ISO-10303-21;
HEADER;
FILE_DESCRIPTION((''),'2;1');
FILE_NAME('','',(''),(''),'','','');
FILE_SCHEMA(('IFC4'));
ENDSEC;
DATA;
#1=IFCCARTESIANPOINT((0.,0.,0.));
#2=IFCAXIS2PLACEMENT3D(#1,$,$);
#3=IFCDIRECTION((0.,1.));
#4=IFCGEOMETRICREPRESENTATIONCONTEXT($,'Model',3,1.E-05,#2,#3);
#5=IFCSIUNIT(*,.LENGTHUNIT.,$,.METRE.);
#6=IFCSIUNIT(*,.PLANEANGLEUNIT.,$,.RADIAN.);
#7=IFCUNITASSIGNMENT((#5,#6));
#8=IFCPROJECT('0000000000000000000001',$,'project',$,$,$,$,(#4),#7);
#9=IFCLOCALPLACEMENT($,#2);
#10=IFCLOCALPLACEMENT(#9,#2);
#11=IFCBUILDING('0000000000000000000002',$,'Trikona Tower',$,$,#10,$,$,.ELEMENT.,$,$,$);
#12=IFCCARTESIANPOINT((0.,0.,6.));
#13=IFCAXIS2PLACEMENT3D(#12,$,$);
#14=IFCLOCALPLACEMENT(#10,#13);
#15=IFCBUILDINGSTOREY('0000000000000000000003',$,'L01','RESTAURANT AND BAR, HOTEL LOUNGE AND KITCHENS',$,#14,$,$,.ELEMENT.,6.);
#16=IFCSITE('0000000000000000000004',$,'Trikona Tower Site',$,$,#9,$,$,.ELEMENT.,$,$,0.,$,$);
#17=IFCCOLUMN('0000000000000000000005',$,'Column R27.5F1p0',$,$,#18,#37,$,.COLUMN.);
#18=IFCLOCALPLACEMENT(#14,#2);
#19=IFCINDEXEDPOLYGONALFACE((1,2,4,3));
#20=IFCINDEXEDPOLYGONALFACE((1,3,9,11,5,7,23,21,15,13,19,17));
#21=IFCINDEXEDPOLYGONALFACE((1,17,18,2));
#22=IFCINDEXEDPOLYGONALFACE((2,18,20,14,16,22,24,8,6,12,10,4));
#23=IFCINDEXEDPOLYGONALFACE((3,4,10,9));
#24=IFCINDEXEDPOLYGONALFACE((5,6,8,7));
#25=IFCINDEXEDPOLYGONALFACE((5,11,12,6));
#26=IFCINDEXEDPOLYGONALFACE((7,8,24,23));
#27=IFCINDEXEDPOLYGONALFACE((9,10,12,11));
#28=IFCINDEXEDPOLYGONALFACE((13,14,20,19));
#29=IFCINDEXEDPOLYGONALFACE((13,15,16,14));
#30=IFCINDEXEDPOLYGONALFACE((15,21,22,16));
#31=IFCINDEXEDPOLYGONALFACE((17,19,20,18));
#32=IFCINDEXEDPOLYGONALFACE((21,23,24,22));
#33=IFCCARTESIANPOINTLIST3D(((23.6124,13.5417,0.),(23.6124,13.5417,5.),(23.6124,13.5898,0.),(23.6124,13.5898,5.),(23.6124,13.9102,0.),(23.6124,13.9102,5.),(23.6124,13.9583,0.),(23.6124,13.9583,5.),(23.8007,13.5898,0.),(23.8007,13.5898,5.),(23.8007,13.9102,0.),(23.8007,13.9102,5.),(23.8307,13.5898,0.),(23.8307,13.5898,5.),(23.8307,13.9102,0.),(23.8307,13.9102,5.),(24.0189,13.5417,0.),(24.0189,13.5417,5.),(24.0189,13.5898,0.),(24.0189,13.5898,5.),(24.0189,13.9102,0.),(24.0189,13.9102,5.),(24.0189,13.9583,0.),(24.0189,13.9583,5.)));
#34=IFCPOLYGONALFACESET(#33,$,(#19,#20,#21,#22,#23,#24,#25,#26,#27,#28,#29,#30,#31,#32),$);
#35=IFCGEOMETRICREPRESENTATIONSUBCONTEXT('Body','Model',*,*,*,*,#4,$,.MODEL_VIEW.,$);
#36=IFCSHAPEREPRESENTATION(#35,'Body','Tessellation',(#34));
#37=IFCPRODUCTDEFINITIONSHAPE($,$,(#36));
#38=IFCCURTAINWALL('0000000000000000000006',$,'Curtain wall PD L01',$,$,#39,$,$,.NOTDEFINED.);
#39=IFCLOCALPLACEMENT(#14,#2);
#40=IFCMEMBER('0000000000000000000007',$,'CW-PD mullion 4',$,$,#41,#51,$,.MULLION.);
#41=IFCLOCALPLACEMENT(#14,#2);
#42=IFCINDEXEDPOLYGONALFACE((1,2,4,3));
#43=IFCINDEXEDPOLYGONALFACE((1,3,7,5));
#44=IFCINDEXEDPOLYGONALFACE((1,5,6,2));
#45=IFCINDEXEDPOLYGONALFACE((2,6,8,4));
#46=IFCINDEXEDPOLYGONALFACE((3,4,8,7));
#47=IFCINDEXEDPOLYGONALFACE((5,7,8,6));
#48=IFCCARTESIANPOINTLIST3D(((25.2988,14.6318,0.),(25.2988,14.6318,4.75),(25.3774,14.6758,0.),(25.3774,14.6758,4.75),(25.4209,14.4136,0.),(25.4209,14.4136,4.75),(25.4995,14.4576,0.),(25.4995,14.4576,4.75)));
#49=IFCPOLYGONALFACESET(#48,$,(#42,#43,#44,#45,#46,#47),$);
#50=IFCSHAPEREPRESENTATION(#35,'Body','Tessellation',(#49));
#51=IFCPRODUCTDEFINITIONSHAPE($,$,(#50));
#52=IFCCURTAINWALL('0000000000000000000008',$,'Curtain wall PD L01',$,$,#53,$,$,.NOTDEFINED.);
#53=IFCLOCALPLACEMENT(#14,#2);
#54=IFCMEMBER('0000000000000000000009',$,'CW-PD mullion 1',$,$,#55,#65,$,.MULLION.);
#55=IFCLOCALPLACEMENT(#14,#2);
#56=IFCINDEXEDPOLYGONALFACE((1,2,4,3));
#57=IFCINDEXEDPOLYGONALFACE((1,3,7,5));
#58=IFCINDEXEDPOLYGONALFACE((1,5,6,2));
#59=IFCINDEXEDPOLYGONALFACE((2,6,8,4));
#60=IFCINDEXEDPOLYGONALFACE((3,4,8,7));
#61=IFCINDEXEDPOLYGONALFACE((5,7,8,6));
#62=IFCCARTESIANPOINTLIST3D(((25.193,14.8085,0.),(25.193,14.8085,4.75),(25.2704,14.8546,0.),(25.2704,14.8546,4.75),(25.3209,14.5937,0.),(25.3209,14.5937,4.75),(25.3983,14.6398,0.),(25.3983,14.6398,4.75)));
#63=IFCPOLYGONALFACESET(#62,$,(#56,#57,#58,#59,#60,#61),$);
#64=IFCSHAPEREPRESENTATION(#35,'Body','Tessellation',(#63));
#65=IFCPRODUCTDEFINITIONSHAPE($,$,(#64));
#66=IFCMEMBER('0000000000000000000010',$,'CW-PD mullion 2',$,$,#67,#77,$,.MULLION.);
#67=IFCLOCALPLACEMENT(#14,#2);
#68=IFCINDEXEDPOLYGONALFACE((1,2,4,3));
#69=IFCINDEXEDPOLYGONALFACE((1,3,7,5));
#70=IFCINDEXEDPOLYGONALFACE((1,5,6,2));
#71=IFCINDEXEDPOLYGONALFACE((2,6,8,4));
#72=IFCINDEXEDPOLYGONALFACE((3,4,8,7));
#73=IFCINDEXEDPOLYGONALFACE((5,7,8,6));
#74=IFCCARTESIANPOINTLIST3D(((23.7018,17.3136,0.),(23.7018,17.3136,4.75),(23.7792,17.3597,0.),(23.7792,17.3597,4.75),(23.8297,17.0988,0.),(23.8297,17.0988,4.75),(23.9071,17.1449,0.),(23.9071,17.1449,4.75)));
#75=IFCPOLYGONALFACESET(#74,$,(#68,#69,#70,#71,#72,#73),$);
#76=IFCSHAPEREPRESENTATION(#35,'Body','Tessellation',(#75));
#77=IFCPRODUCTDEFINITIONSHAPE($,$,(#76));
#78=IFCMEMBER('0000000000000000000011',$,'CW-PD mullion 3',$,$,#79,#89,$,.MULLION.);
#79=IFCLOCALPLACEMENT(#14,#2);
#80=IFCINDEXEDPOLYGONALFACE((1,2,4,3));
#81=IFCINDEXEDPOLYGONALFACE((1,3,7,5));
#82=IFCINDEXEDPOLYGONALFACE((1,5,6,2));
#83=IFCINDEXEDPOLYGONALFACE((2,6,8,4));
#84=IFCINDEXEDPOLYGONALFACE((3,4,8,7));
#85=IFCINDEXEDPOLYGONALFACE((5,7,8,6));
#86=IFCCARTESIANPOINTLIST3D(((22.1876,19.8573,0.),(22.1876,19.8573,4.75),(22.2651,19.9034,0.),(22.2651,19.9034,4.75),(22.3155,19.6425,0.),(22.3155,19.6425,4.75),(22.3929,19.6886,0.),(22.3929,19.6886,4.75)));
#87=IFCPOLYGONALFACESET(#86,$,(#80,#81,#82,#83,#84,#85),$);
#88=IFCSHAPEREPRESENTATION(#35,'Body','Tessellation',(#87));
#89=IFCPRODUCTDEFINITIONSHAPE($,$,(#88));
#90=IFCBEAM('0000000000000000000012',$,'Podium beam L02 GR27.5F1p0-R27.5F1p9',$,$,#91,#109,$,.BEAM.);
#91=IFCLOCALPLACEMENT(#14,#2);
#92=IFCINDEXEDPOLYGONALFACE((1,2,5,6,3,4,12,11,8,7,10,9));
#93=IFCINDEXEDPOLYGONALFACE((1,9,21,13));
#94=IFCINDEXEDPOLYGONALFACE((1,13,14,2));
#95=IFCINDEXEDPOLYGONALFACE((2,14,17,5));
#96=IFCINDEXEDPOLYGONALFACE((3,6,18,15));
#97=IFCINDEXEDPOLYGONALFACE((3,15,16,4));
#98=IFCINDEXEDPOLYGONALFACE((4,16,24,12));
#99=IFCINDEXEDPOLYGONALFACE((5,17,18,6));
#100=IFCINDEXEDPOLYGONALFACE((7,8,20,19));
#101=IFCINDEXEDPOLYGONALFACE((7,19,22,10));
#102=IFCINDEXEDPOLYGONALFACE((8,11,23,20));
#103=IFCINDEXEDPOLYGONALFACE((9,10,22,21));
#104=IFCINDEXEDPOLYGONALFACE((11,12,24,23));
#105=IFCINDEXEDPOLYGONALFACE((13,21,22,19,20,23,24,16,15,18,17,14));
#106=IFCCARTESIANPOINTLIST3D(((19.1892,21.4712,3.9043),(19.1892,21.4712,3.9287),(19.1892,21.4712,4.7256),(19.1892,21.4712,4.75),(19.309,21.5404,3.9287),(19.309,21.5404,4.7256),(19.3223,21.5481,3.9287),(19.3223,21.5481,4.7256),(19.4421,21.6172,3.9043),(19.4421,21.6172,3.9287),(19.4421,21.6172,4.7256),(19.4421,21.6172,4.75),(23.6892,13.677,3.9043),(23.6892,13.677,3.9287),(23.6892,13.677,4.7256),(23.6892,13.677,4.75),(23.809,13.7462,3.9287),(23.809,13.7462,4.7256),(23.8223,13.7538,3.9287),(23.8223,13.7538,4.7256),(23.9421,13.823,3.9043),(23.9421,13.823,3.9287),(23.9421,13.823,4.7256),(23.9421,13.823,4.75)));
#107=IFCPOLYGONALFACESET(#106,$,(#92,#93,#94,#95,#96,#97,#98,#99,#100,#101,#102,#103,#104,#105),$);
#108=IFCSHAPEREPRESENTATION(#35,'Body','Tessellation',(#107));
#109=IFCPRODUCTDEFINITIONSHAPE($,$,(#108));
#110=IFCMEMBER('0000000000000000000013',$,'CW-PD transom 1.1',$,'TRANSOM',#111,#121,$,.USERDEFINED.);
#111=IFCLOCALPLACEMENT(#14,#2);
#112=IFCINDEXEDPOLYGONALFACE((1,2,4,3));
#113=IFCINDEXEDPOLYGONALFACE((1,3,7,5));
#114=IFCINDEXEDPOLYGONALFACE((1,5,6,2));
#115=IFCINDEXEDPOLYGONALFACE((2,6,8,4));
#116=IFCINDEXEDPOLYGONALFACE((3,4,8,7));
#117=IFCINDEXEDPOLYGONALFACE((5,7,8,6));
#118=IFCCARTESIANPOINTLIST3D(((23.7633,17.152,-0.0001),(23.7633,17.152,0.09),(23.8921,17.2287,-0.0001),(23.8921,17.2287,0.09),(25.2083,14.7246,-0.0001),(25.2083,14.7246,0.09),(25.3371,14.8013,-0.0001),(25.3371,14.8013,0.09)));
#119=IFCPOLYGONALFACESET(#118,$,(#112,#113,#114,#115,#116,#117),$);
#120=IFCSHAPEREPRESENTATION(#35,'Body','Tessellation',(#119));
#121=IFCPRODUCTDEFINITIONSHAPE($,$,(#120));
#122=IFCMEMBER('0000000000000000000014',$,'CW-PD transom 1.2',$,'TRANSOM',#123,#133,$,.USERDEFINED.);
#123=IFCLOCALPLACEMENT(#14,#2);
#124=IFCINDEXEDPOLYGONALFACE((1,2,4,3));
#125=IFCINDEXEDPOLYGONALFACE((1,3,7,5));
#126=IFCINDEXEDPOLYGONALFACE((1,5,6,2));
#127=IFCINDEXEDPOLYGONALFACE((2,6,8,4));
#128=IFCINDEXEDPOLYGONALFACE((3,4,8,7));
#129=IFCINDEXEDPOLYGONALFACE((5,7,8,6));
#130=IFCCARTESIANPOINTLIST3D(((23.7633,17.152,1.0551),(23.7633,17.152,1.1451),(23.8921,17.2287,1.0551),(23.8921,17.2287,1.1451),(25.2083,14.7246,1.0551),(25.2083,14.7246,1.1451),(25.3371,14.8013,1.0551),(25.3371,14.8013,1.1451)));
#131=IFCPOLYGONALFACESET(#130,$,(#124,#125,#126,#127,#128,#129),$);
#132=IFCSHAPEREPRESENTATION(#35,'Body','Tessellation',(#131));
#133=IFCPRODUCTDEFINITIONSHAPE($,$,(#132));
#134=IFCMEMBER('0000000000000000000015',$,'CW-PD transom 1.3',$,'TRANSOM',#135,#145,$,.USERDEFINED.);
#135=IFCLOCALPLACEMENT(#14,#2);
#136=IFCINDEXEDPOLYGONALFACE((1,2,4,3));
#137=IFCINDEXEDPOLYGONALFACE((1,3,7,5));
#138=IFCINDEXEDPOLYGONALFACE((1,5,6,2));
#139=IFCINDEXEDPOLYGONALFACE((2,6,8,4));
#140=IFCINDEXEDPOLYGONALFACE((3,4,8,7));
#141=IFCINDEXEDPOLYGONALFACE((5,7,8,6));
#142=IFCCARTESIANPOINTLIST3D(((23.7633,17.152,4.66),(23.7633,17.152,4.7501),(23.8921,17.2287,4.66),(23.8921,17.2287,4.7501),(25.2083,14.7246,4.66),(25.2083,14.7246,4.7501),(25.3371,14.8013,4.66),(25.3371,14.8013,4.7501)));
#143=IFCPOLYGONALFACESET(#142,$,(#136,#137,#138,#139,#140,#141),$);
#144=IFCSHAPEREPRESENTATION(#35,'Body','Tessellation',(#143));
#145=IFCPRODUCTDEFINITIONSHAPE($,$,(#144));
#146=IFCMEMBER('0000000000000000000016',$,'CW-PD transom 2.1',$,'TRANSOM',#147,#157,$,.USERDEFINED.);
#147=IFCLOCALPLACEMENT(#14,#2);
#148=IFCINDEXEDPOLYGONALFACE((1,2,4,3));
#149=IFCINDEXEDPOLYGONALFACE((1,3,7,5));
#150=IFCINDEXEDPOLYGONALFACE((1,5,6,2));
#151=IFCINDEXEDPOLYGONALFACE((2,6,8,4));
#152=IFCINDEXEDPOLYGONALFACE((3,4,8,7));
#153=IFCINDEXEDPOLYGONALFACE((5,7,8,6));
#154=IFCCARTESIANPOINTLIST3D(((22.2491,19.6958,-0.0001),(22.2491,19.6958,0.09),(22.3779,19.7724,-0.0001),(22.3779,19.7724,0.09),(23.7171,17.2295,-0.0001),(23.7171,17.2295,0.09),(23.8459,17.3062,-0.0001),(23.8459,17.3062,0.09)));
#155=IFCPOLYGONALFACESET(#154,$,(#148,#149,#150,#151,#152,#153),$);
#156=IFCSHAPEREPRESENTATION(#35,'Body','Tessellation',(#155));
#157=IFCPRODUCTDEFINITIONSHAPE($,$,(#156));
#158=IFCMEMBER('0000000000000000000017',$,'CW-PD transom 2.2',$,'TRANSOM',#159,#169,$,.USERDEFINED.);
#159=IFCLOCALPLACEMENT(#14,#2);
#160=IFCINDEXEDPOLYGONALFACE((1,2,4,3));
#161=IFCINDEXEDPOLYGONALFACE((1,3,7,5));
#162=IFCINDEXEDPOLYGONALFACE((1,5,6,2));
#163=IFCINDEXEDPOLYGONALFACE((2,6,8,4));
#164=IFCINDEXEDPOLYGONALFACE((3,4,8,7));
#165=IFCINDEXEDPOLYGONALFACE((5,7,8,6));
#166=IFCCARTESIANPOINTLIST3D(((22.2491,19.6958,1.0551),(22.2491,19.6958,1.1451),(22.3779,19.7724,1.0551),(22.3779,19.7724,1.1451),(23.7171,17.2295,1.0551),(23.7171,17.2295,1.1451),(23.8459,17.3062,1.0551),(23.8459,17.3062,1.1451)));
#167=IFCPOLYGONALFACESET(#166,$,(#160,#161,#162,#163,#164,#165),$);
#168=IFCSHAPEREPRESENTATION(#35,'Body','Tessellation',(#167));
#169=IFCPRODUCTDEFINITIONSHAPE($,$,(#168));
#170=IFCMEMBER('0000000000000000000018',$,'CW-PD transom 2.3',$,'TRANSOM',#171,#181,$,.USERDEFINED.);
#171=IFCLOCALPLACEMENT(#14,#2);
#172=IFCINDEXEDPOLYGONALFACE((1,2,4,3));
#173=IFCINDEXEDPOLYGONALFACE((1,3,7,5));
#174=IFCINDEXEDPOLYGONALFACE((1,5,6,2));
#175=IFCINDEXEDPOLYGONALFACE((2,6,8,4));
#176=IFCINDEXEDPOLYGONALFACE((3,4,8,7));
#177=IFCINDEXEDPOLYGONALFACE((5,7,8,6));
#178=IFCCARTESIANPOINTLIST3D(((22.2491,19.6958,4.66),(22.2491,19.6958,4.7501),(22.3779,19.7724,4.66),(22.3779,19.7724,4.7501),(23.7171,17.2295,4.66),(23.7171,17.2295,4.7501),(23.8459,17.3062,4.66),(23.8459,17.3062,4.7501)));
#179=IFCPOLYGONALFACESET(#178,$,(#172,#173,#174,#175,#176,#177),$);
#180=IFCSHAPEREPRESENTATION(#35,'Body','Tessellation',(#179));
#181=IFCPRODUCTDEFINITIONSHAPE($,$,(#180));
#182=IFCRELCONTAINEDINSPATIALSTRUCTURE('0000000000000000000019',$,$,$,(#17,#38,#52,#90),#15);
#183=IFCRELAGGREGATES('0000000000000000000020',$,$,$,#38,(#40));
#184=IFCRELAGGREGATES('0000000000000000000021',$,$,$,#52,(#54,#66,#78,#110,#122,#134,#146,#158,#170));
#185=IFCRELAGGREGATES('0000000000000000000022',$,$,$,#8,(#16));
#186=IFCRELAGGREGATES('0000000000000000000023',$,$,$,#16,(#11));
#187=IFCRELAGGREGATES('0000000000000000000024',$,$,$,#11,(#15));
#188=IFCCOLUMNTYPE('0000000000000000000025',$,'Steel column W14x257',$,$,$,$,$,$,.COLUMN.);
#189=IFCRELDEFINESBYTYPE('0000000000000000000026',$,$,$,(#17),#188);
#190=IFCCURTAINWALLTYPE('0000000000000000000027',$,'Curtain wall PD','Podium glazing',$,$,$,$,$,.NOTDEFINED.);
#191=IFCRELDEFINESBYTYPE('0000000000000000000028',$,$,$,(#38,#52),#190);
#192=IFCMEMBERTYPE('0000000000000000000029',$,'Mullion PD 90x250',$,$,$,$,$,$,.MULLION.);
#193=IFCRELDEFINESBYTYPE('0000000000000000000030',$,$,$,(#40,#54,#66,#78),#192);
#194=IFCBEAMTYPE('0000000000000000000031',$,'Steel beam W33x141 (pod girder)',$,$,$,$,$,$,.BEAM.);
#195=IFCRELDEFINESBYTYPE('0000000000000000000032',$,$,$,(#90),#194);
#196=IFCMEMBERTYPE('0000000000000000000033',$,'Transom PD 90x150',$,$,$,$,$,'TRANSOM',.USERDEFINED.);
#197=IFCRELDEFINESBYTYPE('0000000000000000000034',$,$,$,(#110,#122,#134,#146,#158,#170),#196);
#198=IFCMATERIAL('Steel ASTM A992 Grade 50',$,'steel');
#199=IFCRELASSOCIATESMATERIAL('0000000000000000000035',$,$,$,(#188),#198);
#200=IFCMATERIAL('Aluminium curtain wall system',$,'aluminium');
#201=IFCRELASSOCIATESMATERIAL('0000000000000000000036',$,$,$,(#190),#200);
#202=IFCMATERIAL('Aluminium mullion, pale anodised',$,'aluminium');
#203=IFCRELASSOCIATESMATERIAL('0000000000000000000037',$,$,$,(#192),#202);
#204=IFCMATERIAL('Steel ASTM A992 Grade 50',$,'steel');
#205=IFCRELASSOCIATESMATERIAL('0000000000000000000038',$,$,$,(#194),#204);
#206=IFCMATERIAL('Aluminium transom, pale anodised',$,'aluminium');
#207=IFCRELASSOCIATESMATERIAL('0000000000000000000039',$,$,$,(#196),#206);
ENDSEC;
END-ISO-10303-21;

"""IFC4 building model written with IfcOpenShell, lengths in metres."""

from ifc_helpers import new_model, si_unit, direction, frame, origin, origin_2d, place, context, subcontext, project, spatial, rectangle, i_section, extrude, material, material_profile, profile_set, type_object, element, aggregate, save


model = new_model("IFC4")

# Units and contexts
model_context = context("Model", 3, precision=1e-05, world=origin(), true_north=direction((0.0, 1.0)))
body_context = subcontext(model_context, "Body", "Model", "MODEL_VIEW")
ifc_project = project(units=[si_unit("LENGTHUNIT", "METRE"), si_unit("PLANEANGLEUNIT", "RADIAN")], contexts=[model_context])

# Site, building, storey
site_placement = place(None, origin())
site = spatial("IfcSite", under=ifc_project, at=site_placement, Name="Trikona Tower Site", CompositionType="ELEMENT", RefElevation=0.0)
building_placement = place(site_placement, origin())
building = spatial("IfcBuilding", under=site, at=building_placement, Name="Trikona Tower", CompositionType="ELEMENT")
storey_placement = place(building_placement, frame((0.0, 0.0, 6.0)))
storey = spatial("IfcBuildingStorey", under=building, at=storey_placement, Name="L01", Description="RESTAURANT AND BAR, HOTEL LOUNGE AND KITCHENS", CompositionType="ELEMENT", Elevation=6.0)

# Column
ifc_material_1 = material(Name="Steel ASTM A992 Grade 50", Category="steel")
ifc_material_profile_1 = material_profile(ifc_material_1, i_section(OverallWidth=0.4065, OverallDepth=0.4165, WebThickness=0.03, FlangeThickness=0.0481, at=origin_2d()), Name="W14X257")
ifc_profile_set_1 = profile_set([ifc_material_profile_1], Name="Steel ASTM A992 Grade 50")
column_type = type_object("IfcColumnType", Name="Steel column W14x257", PredefinedType="COLUMN", material=ifc_profile_set_1)
column_placement = place(storey_placement, frame((23.8157, 13.75, 0.0), z_axis=(0.0, 0.0, 1.0), x_axis=(1.0, 0.0, 0.0)))
element("IfcColumn", 1, at=column_placement, inside=storey, type_object=column_type, Name="Column R27.5F1p0", PredefinedType="COLUMN", context=body_context, shape_type="SweptSolid", body=[
    extrude(i_section(OverallWidth=0.4065, OverallDepth=0.4165, WebThickness=0.03, FlangeThickness=0.0481, at=origin_2d()), origin(), (0.0, 0.0, 1.0), 5.0),
])

# Curtain wall, member
ifc_material_2 = material(Name="Aluminium curtain wall system", Category="aluminium")
curtain_wall_type = type_object("IfcCurtainWallType", Name="Curtain wall PD", Description="Podium glazing", PredefinedType="NOTDEFINED", material=ifc_material_2)
curtain_wall_1_placement = place(storey_placement, origin())
curtain_wall_1 = element("IfcCurtainWall", 2, at=curtain_wall_1_placement, inside=storey, type_object=curtain_wall_type, Name="Curtain wall PD L01", PredefinedType="NOTDEFINED")
ifc_material_3 = material(Name="Aluminium mullion, pale anodised", Category="aluminium")
ifc_material_profile_2 = material_profile(ifc_material_3, rectangle(XDim=0.0901, YDim=0.25, at=origin_2d()), Name="MUL-PD")
ifc_profile_set_2 = profile_set([ifc_material_profile_2], Name="Aluminium mullion, pale anodised")
member_type_1 = type_object("IfcMemberType", Name="Mullion PD 90x250", PredefinedType="MULLION", material=ifc_profile_set_2)
member_1_placement = place(storey_placement, frame((25.3992, 14.5447, 0.0), z_axis=(0.0, 0.0, 1.0), x_axis=(-0.872613, -0.488413, 0.0)))
member_1 = element("IfcMember", 3, at=member_1_placement, type_object=member_type_1, Name="CW-PD mullion 4", PredefinedType="MULLION", context=body_context, shape_type="SweptSolid", body=[
    extrude(rectangle(XDim=0.0901, YDim=0.25, at=origin_2d()), origin(), (0.0, 0.0, 1.0), 4.75),
])
aggregate(curtain_wall_1, [member_1])

# Curtain wall, members
curtain_wall_2_placement = place(storey_placement, origin())
curtain_wall_2 = element("IfcCurtainWall", 4, at=curtain_wall_2_placement, inside=storey, type_object=curtain_wall_type, Name="Curtain wall PD L01", PredefinedType="NOTDEFINED")
member_2_placement = place(storey_placement, frame((25.2957, 14.7241, 0.0), z_axis=(0.0, 0.0, 1.0), x_axis=(-0.859284, -0.511499, 0.0)))
member_2 = element("IfcMember", 5, at=member_2_placement, type_object=member_type_1, Name="CW-PD mullion 1", PredefinedType="MULLION", context=body_context, shape_type="SweptSolid", body=[
    extrude(rectangle(XDim=0.0901, YDim=0.25, at=origin_2d()), origin(), (0.0, 0.0, 1.0), 4.75),
])
member_3_placement = place(storey_placement, frame((23.8044, 17.2292, 0.0), z_axis=(0.0, 0.0, 1.0), x_axis=(-0.859284, -0.511499, 0.0)))
member_3 = element("IfcMember", 6, at=member_3_placement, type_object=member_type_1, Name="CW-PD mullion 2", PredefinedType="MULLION", context=body_context, shape_type="SweptSolid", body=[
    extrude(rectangle(XDim=0.0901, YDim=0.25, at=origin_2d()), origin(), (0.0, 0.0, 1.0), 4.75),
])
member_4_placement = place(storey_placement, frame((22.2903, 19.7729, 0.0), z_axis=(0.0, 0.0, 1.0), x_axis=(-0.859284, -0.511499, 0.0)))
member_4 = element("IfcMember", 7, at=member_4_placement, type_object=member_type_1, Name="CW-PD mullion 3", PredefinedType="MULLION", context=body_context, shape_type="SweptSolid", body=[
    extrude(rectangle(XDim=0.0901, YDim=0.25, at=origin_2d()), origin(), (0.0, 0.0, 1.0), 4.75),
])

# Beam
ifc_material_4 = material(Name="Steel ASTM A992 Grade 50", Category="steel")
ifc_material_profile_3 = material_profile(ifc_material_4, i_section(OverallWidth=0.292, OverallDepth=0.8457, WebThickness=0.0154, FlangeThickness=0.0244, at=origin_2d()), Name="W33X141")
ifc_profile_set_3 = profile_set([ifc_material_profile_3], Name="Steel ASTM A992 Grade 50")
beam_type = type_object("IfcBeamType", Name="Steel beam W33x141 (pod girder)", PredefinedType="BEAM", material=ifc_profile_set_3)
beam_placement = place(storey_placement, frame((23.8157, 13.75, 4.3271), z_axis=(-0.500002, 0.866024, 0.0), x_axis=(-0.866024, -0.500002, 0.0)))
element("IfcBeam", 8, at=beam_placement, inside=storey, type_object=beam_type, Name="Podium beam L02 GR27.5F1p0-R27.5F1p9", PredefinedType="BEAM", context=body_context, shape_type="SweptSolid", body=[
    extrude(i_section(OverallWidth=0.292, OverallDepth=0.8457, WebThickness=0.0154, FlangeThickness=0.0244, at=origin_2d()), origin(), (0.0, 0.0, 1.0), 9.0),
])

# Members
ifc_material_5 = material(Name="Aluminium transom, pale anodised", Category="aluminium")
ifc_material_profile_4 = material_profile(ifc_material_5, rectangle(XDim=0.1499, YDim=0.0901, at=origin_2d()), Name="TRN-PD")
ifc_profile_set_4 = profile_set([ifc_material_profile_4], Name="Aluminium transom, pale anodised")
member_type_2 = type_object("IfcMemberType", Name="Transom PD 90x150", ElementType="TRANSOM", PredefinedType="USERDEFINED", material=ifc_profile_set_4)
member_5_placement = place(storey_placement, frame((25.2727, 14.7629, 0.0449), z_axis=(-0.511519, 0.859272, 0.0), x_axis=(-0.859272, -0.511519, 0.0)))
member_5 = element("IfcMember", 9, at=member_5_placement, type_object=member_type_2, Name="CW-PD transom 1.1", ObjectType="TRANSOM", PredefinedType="USERDEFINED", context=body_context, shape_type="SweptSolid", body=[
    extrude(rectangle(XDim=0.1499, YDim=0.0901, at=origin_2d()), origin(), (0.0, 0.0, 1.0), 2.825),
])
member_6_placement = place(storey_placement, frame((25.2727, 14.7629, 1.1001), z_axis=(-0.511519, 0.859272, 0.0), x_axis=(-0.859272, -0.511519, 0.0)))
member_6 = element("IfcMember", 10, at=member_6_placement, type_object=member_type_2, Name="CW-PD transom 1.2", ObjectType="TRANSOM", PredefinedType="USERDEFINED", context=body_context, shape_type="SweptSolid", body=[
    extrude(rectangle(XDim=0.1499, YDim=0.0901, at=origin_2d()), origin(), (0.0, 0.0, 1.0), 2.825),
])
member_7_placement = place(storey_placement, frame((25.2727, 14.7629, 4.7051), z_axis=(-0.511519, 0.859272, 0.0), x_axis=(-0.859272, -0.511519, 0.0)))
member_7 = element("IfcMember", 11, at=member_7_placement, type_object=member_type_2, Name="CW-PD transom 1.3", ObjectType="TRANSOM", PredefinedType="USERDEFINED", context=body_context, shape_type="SweptSolid", body=[
    extrude(rectangle(XDim=0.1499, YDim=0.0901, at=origin_2d()), origin(), (0.0, 0.0, 1.0), 2.825),
])
member_8_placement = place(storey_placement, frame((23.7815, 17.2678, 0.0449), z_axis=(-0.511478, 0.859296, 0.0), x_axis=(-0.859296, -0.511478, 0.0)))
member_8 = element("IfcMember", 12, at=member_8_placement, type_object=member_type_2, Name="CW-PD transom 2.1", ObjectType="TRANSOM", PredefinedType="USERDEFINED", context=body_context, shape_type="SweptSolid", body=[
    extrude(rectangle(XDim=0.1499, YDim=0.0901, at=origin_2d()), origin(), (0.0, 0.0, 1.0), 2.8701),
])
member_9_placement = place(storey_placement, frame((23.7815, 17.2678, 1.1001), z_axis=(-0.511478, 0.859296, 0.0), x_axis=(-0.859296, -0.511478, 0.0)))
member_9 = element("IfcMember", 13, at=member_9_placement, type_object=member_type_2, Name="CW-PD transom 2.2", ObjectType="TRANSOM", PredefinedType="USERDEFINED", context=body_context, shape_type="SweptSolid", body=[
    extrude(rectangle(XDim=0.1499, YDim=0.0901, at=origin_2d()), origin(), (0.0, 0.0, 1.0), 2.8701),
])
member_10_placement = place(storey_placement, frame((23.7815, 17.2678, 4.7051), z_axis=(-0.511478, 0.859296, 0.0), x_axis=(-0.859296, -0.511478, 0.0)))
member_10 = element("IfcMember", 14, at=member_10_placement, type_object=member_type_2, Name="CW-PD transom 2.3", ObjectType="TRANSOM", PredefinedType="USERDEFINED", context=body_context, shape_type="SweptSolid", body=[
    extrude(rectangle(XDim=0.1499, YDim=0.0901, at=origin_2d()), origin(), (0.0, 0.0, 1.0), 2.8701),
])

aggregate(curtain_wall_2, [member_2, member_3, member_4, member_5, member_6, member_7, member_8, member_9, member_10])

save(model, "model.ifc")
